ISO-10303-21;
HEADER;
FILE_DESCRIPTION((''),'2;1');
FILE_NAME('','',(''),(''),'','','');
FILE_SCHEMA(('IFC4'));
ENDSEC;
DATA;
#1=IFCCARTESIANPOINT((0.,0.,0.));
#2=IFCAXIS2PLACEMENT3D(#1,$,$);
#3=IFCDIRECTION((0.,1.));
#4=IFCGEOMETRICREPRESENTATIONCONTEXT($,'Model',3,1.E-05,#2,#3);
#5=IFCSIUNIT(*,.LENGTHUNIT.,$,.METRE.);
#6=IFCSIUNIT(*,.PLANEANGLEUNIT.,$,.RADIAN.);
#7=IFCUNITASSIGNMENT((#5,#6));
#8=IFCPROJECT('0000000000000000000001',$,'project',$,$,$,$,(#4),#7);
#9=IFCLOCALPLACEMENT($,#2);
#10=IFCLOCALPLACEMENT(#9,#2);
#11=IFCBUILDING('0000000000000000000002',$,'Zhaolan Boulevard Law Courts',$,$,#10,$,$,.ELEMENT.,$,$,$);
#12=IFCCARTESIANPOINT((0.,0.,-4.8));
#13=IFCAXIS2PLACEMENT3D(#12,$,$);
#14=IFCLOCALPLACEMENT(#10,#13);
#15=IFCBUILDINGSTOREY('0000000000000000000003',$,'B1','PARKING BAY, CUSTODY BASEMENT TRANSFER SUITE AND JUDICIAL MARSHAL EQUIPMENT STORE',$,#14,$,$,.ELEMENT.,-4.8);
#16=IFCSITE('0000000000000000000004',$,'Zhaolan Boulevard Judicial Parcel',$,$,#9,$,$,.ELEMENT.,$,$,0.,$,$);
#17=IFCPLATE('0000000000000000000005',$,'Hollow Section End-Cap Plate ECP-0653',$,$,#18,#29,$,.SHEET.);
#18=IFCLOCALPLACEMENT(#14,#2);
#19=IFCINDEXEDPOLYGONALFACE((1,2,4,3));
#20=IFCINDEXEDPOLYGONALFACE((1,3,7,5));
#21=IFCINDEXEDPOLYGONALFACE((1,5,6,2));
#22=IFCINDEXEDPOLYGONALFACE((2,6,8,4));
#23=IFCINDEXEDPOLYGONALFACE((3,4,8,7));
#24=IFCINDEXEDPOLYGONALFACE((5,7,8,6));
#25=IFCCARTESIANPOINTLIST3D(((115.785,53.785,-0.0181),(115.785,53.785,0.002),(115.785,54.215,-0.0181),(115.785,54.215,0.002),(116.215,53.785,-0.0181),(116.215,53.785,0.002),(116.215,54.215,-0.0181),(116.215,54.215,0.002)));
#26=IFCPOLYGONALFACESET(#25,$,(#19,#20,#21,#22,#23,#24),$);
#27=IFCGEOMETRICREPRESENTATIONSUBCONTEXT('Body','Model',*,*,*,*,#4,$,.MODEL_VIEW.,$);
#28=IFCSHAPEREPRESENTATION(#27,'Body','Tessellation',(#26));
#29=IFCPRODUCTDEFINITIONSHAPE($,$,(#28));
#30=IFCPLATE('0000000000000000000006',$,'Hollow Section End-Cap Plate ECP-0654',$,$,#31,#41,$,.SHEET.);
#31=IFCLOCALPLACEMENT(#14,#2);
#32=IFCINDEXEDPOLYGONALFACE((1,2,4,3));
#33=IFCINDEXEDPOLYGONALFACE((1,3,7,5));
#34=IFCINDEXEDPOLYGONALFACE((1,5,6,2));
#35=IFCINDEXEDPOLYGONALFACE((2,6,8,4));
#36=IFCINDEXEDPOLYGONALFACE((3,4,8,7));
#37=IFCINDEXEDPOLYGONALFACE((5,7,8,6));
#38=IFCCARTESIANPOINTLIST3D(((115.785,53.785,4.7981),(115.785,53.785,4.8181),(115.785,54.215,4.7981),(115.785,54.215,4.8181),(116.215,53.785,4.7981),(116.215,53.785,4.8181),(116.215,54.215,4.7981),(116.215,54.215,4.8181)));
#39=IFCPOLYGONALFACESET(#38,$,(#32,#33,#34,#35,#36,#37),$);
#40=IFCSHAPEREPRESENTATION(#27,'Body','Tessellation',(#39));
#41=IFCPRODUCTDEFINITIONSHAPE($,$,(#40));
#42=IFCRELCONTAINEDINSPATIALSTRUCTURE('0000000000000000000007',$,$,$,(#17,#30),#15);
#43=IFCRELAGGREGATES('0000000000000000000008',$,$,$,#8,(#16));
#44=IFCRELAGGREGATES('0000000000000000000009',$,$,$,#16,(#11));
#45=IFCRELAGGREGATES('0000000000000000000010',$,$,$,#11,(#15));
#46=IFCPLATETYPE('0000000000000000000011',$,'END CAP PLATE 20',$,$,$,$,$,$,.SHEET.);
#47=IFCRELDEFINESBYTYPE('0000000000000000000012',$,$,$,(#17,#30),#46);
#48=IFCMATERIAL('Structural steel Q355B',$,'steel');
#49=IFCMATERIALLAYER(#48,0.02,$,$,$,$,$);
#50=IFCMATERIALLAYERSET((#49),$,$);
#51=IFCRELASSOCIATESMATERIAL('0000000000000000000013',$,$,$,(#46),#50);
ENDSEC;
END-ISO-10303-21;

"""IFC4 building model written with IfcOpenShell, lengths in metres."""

from ifc_helpers import new_model, si_unit, direction, frame, origin, origin_2d, place, context, subcontext, project, spatial, rectangle, extrude, material, layer, layer_set, type_object, element, save


model = new_model("IFC4")

# Units and contexts
model_context = context("Model", 3, precision=1e-05, world=origin(), true_north=direction((0.0, 1.0)))
body_context = subcontext(model_context, "Body", "Model", "MODEL_VIEW")
ifc_project = project(units=[si_unit("LENGTHUNIT", "METRE"), si_unit("PLANEANGLEUNIT", "RADIAN")], contexts=[model_context])

# Site, building, storey
site_placement = place(None, origin())
site = spatial("IfcSite", under=ifc_project, at=site_placement, Name="Zhaolan Boulevard Judicial Parcel", CompositionType="ELEMENT", RefElevation=0.0)
building_placement = place(site_placement, origin())
building = spatial("IfcBuilding", under=site, at=building_placement, Name="Zhaolan Boulevard Law Courts", CompositionType="ELEMENT")
storey_placement = place(building_placement, frame((0.0, 0.0, -4.8)))
storey = spatial("IfcBuildingStorey", under=building, at=storey_placement, Name="B1", Description="PARKING BAY, CUSTODY BASEMENT TRANSFER SUITE AND JUDICIAL MARSHAL EQUIPMENT STORE", CompositionType="ELEMENT", Elevation=-4.8)

# Plates
ifc_material_1 = material(Name="Structural steel Q355B", Category="steel")
ifc_layer = layer(ifc_material_1, 0.02)
ifc_layer_set = layer_set([ifc_layer])
plate_type = type_object("IfcPlateType", Name="END CAP PLATE 20", PredefinedType="SHEET", material=ifc_layer_set)
for number, where, z_axis, x_axis, name in (
    (1, (116.0, 54.0, -0.0181), (0.0, 0.0, 1.0), (1.0, 0.0, 0.0), "Hollow Section End-Cap Plate ECP-0653"),
    (2, (116.0, 54.0, 4.7981), (0.0, 0.0, 1.0), (1.0, 0.0, 0.0), "Hollow Section End-Cap Plate ECP-0654"),
):
    element("IfcPlate", number, at=place(storey_placement, frame(where, z_axis=z_axis, x_axis=x_axis)), inside=storey, type_object=plate_type, Name=name, PredefinedType="SHEET", context=body_context, shape_type="SweptSolid", body=[
        extrude(rectangle(XDim=0.4299, YDim=0.4299, at=origin_2d()), origin(), (0.0, 0.0, 1.0), 0.02),
    ])

save(model, "model.ifc")
